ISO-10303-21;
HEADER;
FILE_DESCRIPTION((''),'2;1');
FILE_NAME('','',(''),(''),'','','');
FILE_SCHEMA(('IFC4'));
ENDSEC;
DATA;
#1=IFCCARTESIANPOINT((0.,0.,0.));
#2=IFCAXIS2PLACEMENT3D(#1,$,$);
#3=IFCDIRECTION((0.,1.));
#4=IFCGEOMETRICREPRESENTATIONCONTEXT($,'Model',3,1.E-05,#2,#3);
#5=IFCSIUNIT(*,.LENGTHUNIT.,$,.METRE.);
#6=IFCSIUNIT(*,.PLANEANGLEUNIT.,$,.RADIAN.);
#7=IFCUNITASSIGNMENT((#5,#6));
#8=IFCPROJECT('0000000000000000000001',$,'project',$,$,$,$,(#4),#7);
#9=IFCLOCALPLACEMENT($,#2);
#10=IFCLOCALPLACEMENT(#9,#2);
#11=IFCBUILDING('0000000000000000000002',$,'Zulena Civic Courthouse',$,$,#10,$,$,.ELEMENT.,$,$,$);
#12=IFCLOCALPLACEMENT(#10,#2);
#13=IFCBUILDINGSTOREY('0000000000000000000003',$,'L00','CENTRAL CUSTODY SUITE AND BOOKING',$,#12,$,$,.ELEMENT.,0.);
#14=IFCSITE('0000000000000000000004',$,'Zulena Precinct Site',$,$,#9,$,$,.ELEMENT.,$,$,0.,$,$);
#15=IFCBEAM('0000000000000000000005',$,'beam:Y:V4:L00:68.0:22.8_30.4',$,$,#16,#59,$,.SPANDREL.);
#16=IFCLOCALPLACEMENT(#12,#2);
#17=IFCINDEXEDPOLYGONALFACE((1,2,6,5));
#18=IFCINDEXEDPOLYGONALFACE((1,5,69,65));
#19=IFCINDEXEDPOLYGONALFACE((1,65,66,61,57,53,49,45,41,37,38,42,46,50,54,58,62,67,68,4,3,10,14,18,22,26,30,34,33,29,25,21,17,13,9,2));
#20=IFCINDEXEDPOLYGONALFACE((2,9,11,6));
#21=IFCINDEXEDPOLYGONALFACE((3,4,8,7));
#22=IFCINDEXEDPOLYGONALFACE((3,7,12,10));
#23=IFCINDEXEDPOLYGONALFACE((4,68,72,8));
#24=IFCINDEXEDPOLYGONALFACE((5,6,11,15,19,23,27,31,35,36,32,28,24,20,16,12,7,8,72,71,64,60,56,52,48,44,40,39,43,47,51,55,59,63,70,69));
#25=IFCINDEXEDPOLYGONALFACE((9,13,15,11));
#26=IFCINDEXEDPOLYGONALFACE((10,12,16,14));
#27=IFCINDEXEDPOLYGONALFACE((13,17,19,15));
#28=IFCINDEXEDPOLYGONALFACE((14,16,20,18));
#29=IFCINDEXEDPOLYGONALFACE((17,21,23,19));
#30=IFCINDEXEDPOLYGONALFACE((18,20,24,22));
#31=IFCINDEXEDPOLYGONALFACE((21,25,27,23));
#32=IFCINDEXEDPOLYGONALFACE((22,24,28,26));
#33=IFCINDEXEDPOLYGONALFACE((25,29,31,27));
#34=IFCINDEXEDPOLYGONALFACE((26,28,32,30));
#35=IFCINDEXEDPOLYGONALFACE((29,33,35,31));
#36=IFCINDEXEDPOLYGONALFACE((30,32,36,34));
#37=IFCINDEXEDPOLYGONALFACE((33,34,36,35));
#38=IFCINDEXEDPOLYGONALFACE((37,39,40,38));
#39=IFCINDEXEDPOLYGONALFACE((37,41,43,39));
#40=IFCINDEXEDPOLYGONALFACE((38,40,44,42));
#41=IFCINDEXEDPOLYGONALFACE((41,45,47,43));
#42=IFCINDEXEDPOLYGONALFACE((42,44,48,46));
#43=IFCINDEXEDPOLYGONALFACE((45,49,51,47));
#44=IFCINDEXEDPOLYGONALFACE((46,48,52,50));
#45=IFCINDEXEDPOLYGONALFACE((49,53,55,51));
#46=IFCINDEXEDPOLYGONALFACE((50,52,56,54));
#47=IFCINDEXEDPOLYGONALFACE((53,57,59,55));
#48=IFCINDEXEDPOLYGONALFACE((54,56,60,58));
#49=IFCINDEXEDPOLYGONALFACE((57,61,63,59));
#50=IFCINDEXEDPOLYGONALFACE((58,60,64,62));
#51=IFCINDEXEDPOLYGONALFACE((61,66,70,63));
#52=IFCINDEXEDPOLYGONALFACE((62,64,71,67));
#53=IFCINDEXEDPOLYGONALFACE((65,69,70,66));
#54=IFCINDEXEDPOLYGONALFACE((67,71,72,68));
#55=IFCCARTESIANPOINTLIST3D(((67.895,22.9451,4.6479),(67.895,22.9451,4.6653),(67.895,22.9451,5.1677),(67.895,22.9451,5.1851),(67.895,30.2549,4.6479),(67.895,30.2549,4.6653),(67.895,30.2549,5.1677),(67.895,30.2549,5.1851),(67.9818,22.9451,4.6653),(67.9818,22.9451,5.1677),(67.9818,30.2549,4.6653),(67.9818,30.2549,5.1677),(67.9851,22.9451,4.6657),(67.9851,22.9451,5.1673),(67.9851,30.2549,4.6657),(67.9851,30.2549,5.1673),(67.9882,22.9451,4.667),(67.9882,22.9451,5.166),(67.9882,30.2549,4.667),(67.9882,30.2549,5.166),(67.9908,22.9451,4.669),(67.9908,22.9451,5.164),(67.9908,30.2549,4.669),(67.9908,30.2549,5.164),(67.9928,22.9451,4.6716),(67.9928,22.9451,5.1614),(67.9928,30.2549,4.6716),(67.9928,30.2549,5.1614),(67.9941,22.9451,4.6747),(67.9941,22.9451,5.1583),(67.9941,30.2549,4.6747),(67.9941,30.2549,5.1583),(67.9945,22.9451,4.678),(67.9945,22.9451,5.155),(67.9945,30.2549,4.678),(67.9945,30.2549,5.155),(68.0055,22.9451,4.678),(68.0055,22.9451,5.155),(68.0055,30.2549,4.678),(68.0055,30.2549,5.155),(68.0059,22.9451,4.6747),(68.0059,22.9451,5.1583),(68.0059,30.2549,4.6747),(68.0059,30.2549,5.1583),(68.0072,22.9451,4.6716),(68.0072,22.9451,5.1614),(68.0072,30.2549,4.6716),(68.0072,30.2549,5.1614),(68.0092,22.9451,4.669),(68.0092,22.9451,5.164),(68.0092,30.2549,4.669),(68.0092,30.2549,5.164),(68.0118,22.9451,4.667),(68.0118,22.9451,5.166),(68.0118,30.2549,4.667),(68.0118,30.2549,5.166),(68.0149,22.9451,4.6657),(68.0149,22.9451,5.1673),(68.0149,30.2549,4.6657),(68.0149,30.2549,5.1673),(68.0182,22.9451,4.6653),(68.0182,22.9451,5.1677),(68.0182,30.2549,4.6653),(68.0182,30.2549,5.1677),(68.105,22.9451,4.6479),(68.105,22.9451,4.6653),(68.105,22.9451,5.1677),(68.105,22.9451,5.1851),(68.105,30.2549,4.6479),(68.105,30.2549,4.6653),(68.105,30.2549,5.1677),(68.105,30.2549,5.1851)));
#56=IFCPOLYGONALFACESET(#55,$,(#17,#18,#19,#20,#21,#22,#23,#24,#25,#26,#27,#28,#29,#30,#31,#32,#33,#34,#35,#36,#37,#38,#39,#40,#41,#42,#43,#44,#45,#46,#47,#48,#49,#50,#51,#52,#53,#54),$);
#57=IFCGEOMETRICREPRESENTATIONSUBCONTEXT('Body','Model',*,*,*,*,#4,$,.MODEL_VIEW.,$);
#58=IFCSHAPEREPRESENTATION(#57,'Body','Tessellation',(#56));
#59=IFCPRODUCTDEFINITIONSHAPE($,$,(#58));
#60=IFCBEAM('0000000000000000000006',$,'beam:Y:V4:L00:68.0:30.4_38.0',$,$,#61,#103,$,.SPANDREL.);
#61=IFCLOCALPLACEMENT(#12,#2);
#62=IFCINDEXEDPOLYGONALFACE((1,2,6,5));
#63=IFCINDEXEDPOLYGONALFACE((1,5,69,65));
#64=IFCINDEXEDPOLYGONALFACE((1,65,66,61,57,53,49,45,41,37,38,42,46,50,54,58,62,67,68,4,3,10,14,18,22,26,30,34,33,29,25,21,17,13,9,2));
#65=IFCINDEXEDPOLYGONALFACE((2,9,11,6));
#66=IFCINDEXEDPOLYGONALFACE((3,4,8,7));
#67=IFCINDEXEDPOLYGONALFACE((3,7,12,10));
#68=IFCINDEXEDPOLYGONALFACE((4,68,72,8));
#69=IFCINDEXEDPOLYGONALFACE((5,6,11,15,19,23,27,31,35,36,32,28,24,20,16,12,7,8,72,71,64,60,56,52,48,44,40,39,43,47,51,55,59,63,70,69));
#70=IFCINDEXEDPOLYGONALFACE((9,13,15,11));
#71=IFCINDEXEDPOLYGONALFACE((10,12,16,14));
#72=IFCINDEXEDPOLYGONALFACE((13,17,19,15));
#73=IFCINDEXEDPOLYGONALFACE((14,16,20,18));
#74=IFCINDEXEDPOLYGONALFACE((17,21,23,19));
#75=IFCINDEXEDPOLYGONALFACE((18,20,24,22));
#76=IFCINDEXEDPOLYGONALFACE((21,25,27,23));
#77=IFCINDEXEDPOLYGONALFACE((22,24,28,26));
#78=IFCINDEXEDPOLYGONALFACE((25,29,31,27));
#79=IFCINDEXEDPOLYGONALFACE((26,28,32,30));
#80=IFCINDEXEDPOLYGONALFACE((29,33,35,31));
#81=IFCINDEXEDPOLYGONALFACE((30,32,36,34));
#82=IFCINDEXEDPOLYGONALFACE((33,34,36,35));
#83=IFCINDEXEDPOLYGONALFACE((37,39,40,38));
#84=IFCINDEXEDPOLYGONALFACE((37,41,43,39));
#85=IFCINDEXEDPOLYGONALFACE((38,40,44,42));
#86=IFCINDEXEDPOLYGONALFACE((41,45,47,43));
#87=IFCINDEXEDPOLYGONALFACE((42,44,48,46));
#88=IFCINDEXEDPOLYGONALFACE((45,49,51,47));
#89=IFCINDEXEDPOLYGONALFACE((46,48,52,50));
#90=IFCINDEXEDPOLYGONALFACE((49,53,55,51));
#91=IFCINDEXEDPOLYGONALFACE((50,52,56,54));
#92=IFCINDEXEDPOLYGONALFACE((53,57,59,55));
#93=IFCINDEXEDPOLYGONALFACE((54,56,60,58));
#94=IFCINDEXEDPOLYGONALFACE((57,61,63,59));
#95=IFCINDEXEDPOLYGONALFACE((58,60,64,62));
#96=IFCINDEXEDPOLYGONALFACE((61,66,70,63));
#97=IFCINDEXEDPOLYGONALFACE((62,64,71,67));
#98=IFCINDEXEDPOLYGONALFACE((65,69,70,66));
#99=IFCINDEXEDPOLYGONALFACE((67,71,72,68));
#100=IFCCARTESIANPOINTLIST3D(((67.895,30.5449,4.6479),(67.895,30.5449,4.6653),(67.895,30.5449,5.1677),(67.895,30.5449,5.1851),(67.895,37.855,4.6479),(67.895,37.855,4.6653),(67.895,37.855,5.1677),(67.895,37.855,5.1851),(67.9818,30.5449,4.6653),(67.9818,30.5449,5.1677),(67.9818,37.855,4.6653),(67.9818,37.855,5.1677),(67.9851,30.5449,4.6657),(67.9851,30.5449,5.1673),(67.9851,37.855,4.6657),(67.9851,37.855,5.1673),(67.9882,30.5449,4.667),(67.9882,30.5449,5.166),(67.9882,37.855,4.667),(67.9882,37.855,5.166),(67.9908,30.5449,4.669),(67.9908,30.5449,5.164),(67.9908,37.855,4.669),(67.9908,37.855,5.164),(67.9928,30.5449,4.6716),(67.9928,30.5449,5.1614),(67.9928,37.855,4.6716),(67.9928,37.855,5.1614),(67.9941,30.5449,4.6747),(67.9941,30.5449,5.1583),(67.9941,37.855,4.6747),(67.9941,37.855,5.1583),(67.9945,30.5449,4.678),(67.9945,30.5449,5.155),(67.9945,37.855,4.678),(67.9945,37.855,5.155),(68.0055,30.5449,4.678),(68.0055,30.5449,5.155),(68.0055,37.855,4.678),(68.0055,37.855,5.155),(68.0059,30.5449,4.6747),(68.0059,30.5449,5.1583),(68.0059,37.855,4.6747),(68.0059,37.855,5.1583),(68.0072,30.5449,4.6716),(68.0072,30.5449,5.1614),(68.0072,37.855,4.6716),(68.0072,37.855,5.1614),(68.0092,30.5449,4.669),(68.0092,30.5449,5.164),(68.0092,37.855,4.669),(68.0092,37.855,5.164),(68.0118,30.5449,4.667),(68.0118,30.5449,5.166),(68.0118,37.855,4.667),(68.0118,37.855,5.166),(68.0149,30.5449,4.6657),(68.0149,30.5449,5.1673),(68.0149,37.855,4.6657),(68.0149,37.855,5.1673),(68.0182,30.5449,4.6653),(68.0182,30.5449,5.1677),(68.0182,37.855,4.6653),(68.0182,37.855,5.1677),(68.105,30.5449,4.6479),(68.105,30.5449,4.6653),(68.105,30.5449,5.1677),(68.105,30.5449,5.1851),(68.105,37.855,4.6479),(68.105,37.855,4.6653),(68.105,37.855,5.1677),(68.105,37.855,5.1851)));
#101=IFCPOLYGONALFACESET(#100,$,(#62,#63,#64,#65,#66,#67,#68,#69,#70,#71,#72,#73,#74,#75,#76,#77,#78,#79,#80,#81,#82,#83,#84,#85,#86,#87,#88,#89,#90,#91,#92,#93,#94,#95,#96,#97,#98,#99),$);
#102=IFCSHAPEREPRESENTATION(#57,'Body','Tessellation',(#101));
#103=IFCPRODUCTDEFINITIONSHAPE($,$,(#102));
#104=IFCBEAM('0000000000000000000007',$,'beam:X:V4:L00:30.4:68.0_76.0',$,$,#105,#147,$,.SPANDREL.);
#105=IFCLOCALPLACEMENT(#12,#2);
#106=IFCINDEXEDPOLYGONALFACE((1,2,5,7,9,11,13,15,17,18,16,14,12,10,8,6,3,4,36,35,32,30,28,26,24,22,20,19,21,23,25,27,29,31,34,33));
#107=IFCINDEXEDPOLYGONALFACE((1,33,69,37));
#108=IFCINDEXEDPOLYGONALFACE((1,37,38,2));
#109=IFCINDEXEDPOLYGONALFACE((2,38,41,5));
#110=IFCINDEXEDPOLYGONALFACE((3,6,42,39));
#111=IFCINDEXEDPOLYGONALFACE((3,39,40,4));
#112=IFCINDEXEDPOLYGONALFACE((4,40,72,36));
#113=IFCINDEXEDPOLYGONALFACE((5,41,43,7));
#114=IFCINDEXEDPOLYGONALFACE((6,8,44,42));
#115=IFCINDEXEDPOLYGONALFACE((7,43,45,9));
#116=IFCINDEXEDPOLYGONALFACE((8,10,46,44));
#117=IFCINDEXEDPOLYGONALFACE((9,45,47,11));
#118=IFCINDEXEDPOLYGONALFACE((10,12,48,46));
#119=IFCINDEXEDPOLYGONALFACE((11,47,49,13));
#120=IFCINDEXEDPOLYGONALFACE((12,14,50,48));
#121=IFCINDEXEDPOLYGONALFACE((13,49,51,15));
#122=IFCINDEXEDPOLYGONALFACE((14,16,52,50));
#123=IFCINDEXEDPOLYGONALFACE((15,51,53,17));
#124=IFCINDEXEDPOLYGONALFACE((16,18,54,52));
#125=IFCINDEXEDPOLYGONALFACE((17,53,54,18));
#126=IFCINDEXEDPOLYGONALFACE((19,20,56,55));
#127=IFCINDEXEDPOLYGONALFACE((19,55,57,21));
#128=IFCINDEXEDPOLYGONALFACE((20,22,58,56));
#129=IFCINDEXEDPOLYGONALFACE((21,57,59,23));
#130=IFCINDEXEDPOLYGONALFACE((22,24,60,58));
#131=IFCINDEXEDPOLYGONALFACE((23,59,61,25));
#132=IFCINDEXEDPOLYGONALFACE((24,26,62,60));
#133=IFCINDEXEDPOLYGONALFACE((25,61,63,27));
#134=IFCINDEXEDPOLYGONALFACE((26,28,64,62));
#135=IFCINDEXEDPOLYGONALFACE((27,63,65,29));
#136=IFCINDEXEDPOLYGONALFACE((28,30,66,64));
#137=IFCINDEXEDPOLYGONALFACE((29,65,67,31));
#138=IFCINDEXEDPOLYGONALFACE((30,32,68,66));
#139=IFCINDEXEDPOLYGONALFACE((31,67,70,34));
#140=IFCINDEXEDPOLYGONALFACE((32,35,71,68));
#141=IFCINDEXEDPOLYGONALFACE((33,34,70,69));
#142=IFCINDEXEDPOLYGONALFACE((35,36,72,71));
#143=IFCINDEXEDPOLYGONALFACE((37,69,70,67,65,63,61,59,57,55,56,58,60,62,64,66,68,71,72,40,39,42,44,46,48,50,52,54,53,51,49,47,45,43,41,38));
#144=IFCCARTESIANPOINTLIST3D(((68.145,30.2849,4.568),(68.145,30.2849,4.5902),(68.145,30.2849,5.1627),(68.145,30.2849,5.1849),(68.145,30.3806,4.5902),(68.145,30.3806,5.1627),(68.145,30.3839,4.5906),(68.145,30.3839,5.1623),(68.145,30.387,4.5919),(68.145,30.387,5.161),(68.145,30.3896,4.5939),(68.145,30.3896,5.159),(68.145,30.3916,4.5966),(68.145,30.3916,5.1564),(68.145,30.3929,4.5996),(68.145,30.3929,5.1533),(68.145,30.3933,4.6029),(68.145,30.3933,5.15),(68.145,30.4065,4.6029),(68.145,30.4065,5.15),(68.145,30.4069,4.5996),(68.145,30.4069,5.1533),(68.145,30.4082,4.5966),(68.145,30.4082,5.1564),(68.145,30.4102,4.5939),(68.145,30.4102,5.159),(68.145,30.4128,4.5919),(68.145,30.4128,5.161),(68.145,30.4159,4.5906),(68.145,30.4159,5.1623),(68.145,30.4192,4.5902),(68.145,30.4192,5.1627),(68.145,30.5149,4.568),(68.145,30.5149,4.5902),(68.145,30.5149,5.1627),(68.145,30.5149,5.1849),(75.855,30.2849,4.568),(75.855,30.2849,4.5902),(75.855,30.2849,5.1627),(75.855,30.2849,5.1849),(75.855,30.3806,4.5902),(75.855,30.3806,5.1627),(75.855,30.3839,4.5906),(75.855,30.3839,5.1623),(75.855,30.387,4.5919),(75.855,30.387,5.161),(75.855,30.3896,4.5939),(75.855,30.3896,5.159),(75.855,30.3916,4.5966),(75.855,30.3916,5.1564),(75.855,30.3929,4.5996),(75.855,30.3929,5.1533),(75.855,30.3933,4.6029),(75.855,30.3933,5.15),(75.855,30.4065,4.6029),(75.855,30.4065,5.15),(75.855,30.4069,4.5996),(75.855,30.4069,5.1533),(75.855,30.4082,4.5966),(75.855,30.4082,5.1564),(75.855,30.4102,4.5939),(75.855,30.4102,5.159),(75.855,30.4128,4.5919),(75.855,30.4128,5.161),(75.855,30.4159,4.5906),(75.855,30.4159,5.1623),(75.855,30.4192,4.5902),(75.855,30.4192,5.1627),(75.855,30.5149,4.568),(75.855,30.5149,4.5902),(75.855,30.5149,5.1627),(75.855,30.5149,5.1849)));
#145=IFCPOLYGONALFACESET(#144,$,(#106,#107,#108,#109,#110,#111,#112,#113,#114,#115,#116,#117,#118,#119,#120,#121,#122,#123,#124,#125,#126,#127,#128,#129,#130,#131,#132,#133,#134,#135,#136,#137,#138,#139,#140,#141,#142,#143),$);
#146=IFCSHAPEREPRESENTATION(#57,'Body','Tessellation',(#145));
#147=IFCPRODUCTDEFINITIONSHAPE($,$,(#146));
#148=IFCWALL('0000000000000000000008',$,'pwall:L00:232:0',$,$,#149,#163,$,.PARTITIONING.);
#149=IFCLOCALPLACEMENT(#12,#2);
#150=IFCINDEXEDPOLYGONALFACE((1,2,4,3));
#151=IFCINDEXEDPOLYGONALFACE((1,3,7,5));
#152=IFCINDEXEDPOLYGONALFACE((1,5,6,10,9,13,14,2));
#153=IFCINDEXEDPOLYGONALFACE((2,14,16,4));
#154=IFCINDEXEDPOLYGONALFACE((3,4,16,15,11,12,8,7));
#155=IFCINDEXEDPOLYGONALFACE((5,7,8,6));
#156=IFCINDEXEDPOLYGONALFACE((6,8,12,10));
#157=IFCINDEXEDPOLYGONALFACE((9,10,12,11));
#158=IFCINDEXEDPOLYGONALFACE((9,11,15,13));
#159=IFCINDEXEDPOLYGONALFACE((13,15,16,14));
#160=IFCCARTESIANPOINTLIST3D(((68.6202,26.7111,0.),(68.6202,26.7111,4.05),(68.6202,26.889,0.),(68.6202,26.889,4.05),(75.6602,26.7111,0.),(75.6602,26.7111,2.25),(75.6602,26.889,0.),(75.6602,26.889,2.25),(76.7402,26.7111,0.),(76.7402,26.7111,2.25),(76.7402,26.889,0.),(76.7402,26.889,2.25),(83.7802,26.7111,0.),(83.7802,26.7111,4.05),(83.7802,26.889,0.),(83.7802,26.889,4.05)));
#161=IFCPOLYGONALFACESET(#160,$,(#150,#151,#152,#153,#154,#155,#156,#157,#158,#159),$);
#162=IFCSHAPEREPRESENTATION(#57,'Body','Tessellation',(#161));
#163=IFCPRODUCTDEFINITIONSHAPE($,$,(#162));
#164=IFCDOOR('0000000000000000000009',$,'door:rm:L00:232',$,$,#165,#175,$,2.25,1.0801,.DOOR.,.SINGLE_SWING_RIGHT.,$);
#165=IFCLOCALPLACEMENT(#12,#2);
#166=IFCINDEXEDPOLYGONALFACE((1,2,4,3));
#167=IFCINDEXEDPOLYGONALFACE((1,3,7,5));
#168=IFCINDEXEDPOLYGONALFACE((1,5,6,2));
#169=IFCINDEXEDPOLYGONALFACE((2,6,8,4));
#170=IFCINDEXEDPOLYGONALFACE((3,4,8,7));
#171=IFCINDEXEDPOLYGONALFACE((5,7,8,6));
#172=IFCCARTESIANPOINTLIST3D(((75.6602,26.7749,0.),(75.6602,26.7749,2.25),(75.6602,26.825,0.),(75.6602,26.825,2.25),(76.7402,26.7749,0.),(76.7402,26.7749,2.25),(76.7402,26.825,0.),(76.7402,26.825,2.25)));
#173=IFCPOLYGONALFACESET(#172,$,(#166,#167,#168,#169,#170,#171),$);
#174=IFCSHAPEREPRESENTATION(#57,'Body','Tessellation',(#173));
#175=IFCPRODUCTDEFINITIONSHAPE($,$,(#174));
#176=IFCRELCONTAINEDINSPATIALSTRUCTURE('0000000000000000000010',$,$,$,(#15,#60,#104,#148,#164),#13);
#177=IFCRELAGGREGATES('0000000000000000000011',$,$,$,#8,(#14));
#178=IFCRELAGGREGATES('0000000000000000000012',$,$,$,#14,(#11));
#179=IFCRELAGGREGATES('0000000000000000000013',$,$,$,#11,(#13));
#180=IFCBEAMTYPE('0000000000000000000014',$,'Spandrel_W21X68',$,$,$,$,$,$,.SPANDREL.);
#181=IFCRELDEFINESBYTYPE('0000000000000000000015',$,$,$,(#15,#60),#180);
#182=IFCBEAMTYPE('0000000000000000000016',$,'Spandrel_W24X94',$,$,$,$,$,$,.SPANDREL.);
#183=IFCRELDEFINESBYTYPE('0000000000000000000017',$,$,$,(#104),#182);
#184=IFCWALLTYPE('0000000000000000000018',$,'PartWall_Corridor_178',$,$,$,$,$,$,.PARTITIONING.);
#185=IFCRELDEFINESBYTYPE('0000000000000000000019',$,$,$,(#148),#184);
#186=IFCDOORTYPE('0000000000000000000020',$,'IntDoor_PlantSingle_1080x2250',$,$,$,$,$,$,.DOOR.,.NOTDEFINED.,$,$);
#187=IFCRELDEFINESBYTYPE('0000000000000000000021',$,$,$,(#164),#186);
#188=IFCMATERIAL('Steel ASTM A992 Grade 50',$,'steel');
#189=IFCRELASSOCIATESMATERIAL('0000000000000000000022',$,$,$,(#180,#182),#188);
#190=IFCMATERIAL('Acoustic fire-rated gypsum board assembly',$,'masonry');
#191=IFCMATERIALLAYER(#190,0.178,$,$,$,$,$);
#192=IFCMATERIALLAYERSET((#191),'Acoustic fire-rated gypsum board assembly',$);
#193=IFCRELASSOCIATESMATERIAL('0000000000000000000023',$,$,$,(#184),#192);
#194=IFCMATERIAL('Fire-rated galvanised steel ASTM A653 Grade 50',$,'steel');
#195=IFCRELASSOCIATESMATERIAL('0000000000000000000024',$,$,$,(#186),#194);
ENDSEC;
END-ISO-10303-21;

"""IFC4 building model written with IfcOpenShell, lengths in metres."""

from ifc_helpers import new_model, si_unit, direction, frame, frame_2d, origin, origin_2d, place, context, subcontext, project, spatial, rectangle, i_section, extrude, material, layer, layer_set, material_profile, profile_set, type_object, element, fill, save


model = new_model("IFC4")

# Units and contexts
model_context = context("Model", 3, precision=1e-05, world=origin(), true_north=direction((0.0, 1.0)))
body_context = subcontext(model_context, "Body", "Model", "MODEL_VIEW")
ifc_project = project(units=[si_unit("LENGTHUNIT", "METRE"), si_unit("PLANEANGLEUNIT", "RADIAN")], contexts=[model_context])

# Site, building, storey
site_placement = place(None, origin())
site = spatial("IfcSite", under=ifc_project, at=site_placement, Name="Zulena Precinct Site", CompositionType="ELEMENT", RefElevation=0.0)
building_placement = place(site_placement, origin())
building = spatial("IfcBuilding", under=site, at=building_placement, Name="Zulena Civic Courthouse", CompositionType="ELEMENT")
storey_placement = place(building_placement, origin())
storey = spatial("IfcBuildingStorey", under=building, at=storey_placement, Name="L00", Description="CENTRAL CUSTODY SUITE AND BOOKING", CompositionType="ELEMENT", Elevation=0.0)

# Shared definitions
ifc_material_1 = material(Name="Steel ASTM A992 Grade 50", Category="steel")

# Beams
ifc_material_profile_1 = material_profile(ifc_material_1, i_section(OverallWidth=0.21, OverallDepth=0.5371, WebThickness=0.011, FlangeThickness=0.0173, FilletRadius=0.0127, at=origin_2d()), Name="W21X68")
ifc_profile_set_1 = profile_set([ifc_material_profile_1], Name="Steel ASTM A992 Grade 50")
beam_type_1 = type_object("IfcBeamType", Name="Spandrel_W21X68", PredefinedType="SPANDREL", material=ifc_profile_set_1)
beam_1_placement = place(storey_placement, frame((68.0, 22.9451, 4.9165), z_axis=(0.0, 1.0, 0.0), x_axis=(-1.0, 0.0, 0.0)))
element("IfcBeam", 1, at=beam_1_placement, inside=storey, type_object=beam_type_1, Name="beam:Y:V4:L00:68.0:22.8_30.4", PredefinedType="SPANDREL", context=body_context, shape_type="SweptSolid", body=[
    extrude(i_section(OverallWidth=0.21, OverallDepth=0.5371, WebThickness=0.011, FlangeThickness=0.0173, FilletRadius=0.0127, at=origin_2d()), origin(), (0.0, 0.0, 1.0), 7.3098),
])
beam_2_placement = place(storey_placement, frame((68.0, 30.5449, 4.9165), z_axis=(0.0, 1.0, 0.0), x_axis=(-1.0, 0.0, 0.0)))
element("IfcBeam", 2, at=beam_2_placement, inside=storey, type_object=beam_type_1, Name="beam:Y:V4:L00:68.0:30.4_38.0", PredefinedType="SPANDREL", context=body_context, shape_type="SweptSolid", body=[
    extrude(i_section(OverallWidth=0.21, OverallDepth=0.5371, WebThickness=0.011, FlangeThickness=0.0173, FilletRadius=0.0127, at=origin_2d()), origin(), (0.0, 0.0, 1.0), 7.3101),
])
ifc_material_profile_2 = material_profile(ifc_material_1, i_section(OverallWidth=0.23, OverallDepth=0.6169, WebThickness=0.0132, FlangeThickness=0.0222, FilletRadius=0.0127, at=origin_2d()), Name="W24X94")
ifc_profile_set_2 = profile_set([ifc_material_profile_2], Name="Steel ASTM A992 Grade 50")
beam_type_2 = type_object("IfcBeamType", Name="Spandrel_W24X94", PredefinedType="SPANDREL", material=ifc_profile_set_2)
beam_3_placement = place(storey_placement, frame((68.145, 30.3999, 4.8765), z_axis=(1.0, 0.0, 0.0), x_axis=(0.0, 1.0, 0.0)))
element("IfcBeam", 3, at=beam_3_placement, inside=storey, type_object=beam_type_2, Name="beam:X:V4:L00:30.4:68.0_76.0", PredefinedType="SPANDREL", context=body_context, shape_type="SweptSolid", body=[
    extrude(i_section(OverallWidth=0.23, OverallDepth=0.6169, WebThickness=0.0132, FlangeThickness=0.0222, FilletRadius=0.0127, at=origin_2d()), origin(), (0.0, 0.0, 1.0), 7.71),
])

# Wall, opening, door
ifc_material_2 = material(Name="Acoustic fire-rated gypsum board assembly", Category="masonry")
ifc_layer_1 = layer(ifc_material_2, 0.178)
ifc_layer_set_1 = layer_set([ifc_layer_1], Name="Acoustic fire-rated gypsum board assembly")
wall_type = type_object("IfcWallType", Name="PartWall_Corridor_178", PredefinedType="PARTITIONING", material=ifc_layer_set_1)
wall_placement = place(storey_placement, frame((68.6201, 26.8, 0.0), z_axis=(0.0, 0.0, 1.0), x_axis=(1.0, 0.0, 0.0)))
wall = element("IfcWall", 4, at=wall_placement, inside=storey, type_object=wall_type, Name="pwall:L00:232:0", PredefinedType="PARTITIONING", context=body_context, shape_type="SweptSolid", body=[
    extrude(rectangle(XDim=15.1599, YDim=0.178, at=frame_2d((7.5801, 0.0))), origin(), (0.0, 0.0, 1.0), 4.05),
])
opening_placement = place(wall_placement, frame((7.04, 0.0, 0.0)))
opening = element("IfcOpeningElement", 5, at=opening_placement, cuts=wall, PredefinedType="OPENING", context=body_context, shape_type="SweptSolid", body=[
    extrude(rectangle(XDim=1.0801, YDim=2.25, at=frame_2d((0.54, 1.125))), frame((0.0, 0.0989, 0.0), z_axis=(0.0, -1.0, 0.0), x_axis=(1.0, 0.0, 0.0)), (0.0, 0.0, 1.0), 0.198),
])
ifc_material_3 = material(Name="Fire-rated galvanised steel ASTM A653 Grade 50", Category="steel")
door_type = type_object("IfcDoorType", Name="IntDoor_PlantSingle_1080x2250", OperationType="NOTDEFINED", PredefinedType="DOOR", material=ifc_material_3)
door_placement = place(opening_placement, origin())
door = element("IfcDoor", 6, at=door_placement, inside=storey, type_object=door_type, Name="door:rm:L00:232", OperationType="SINGLE_SWING_RIGHT", OverallHeight=2.25, OverallWidth=1.0801, PredefinedType="DOOR", context=body_context, shape_type="SweptSolid", body=[
    extrude(rectangle(XDim=1.0801, YDim=2.25, at=frame_2d((0.54, 1.125))), frame((0.0, 0.0249, 0.0), z_axis=(0.0, -1.0, 0.0), x_axis=(1.0, 0.0, 0.0)), (0.0, 0.0, 1.0), 0.05),
])
fill(opening, door)

save(model, "model.ifc")
